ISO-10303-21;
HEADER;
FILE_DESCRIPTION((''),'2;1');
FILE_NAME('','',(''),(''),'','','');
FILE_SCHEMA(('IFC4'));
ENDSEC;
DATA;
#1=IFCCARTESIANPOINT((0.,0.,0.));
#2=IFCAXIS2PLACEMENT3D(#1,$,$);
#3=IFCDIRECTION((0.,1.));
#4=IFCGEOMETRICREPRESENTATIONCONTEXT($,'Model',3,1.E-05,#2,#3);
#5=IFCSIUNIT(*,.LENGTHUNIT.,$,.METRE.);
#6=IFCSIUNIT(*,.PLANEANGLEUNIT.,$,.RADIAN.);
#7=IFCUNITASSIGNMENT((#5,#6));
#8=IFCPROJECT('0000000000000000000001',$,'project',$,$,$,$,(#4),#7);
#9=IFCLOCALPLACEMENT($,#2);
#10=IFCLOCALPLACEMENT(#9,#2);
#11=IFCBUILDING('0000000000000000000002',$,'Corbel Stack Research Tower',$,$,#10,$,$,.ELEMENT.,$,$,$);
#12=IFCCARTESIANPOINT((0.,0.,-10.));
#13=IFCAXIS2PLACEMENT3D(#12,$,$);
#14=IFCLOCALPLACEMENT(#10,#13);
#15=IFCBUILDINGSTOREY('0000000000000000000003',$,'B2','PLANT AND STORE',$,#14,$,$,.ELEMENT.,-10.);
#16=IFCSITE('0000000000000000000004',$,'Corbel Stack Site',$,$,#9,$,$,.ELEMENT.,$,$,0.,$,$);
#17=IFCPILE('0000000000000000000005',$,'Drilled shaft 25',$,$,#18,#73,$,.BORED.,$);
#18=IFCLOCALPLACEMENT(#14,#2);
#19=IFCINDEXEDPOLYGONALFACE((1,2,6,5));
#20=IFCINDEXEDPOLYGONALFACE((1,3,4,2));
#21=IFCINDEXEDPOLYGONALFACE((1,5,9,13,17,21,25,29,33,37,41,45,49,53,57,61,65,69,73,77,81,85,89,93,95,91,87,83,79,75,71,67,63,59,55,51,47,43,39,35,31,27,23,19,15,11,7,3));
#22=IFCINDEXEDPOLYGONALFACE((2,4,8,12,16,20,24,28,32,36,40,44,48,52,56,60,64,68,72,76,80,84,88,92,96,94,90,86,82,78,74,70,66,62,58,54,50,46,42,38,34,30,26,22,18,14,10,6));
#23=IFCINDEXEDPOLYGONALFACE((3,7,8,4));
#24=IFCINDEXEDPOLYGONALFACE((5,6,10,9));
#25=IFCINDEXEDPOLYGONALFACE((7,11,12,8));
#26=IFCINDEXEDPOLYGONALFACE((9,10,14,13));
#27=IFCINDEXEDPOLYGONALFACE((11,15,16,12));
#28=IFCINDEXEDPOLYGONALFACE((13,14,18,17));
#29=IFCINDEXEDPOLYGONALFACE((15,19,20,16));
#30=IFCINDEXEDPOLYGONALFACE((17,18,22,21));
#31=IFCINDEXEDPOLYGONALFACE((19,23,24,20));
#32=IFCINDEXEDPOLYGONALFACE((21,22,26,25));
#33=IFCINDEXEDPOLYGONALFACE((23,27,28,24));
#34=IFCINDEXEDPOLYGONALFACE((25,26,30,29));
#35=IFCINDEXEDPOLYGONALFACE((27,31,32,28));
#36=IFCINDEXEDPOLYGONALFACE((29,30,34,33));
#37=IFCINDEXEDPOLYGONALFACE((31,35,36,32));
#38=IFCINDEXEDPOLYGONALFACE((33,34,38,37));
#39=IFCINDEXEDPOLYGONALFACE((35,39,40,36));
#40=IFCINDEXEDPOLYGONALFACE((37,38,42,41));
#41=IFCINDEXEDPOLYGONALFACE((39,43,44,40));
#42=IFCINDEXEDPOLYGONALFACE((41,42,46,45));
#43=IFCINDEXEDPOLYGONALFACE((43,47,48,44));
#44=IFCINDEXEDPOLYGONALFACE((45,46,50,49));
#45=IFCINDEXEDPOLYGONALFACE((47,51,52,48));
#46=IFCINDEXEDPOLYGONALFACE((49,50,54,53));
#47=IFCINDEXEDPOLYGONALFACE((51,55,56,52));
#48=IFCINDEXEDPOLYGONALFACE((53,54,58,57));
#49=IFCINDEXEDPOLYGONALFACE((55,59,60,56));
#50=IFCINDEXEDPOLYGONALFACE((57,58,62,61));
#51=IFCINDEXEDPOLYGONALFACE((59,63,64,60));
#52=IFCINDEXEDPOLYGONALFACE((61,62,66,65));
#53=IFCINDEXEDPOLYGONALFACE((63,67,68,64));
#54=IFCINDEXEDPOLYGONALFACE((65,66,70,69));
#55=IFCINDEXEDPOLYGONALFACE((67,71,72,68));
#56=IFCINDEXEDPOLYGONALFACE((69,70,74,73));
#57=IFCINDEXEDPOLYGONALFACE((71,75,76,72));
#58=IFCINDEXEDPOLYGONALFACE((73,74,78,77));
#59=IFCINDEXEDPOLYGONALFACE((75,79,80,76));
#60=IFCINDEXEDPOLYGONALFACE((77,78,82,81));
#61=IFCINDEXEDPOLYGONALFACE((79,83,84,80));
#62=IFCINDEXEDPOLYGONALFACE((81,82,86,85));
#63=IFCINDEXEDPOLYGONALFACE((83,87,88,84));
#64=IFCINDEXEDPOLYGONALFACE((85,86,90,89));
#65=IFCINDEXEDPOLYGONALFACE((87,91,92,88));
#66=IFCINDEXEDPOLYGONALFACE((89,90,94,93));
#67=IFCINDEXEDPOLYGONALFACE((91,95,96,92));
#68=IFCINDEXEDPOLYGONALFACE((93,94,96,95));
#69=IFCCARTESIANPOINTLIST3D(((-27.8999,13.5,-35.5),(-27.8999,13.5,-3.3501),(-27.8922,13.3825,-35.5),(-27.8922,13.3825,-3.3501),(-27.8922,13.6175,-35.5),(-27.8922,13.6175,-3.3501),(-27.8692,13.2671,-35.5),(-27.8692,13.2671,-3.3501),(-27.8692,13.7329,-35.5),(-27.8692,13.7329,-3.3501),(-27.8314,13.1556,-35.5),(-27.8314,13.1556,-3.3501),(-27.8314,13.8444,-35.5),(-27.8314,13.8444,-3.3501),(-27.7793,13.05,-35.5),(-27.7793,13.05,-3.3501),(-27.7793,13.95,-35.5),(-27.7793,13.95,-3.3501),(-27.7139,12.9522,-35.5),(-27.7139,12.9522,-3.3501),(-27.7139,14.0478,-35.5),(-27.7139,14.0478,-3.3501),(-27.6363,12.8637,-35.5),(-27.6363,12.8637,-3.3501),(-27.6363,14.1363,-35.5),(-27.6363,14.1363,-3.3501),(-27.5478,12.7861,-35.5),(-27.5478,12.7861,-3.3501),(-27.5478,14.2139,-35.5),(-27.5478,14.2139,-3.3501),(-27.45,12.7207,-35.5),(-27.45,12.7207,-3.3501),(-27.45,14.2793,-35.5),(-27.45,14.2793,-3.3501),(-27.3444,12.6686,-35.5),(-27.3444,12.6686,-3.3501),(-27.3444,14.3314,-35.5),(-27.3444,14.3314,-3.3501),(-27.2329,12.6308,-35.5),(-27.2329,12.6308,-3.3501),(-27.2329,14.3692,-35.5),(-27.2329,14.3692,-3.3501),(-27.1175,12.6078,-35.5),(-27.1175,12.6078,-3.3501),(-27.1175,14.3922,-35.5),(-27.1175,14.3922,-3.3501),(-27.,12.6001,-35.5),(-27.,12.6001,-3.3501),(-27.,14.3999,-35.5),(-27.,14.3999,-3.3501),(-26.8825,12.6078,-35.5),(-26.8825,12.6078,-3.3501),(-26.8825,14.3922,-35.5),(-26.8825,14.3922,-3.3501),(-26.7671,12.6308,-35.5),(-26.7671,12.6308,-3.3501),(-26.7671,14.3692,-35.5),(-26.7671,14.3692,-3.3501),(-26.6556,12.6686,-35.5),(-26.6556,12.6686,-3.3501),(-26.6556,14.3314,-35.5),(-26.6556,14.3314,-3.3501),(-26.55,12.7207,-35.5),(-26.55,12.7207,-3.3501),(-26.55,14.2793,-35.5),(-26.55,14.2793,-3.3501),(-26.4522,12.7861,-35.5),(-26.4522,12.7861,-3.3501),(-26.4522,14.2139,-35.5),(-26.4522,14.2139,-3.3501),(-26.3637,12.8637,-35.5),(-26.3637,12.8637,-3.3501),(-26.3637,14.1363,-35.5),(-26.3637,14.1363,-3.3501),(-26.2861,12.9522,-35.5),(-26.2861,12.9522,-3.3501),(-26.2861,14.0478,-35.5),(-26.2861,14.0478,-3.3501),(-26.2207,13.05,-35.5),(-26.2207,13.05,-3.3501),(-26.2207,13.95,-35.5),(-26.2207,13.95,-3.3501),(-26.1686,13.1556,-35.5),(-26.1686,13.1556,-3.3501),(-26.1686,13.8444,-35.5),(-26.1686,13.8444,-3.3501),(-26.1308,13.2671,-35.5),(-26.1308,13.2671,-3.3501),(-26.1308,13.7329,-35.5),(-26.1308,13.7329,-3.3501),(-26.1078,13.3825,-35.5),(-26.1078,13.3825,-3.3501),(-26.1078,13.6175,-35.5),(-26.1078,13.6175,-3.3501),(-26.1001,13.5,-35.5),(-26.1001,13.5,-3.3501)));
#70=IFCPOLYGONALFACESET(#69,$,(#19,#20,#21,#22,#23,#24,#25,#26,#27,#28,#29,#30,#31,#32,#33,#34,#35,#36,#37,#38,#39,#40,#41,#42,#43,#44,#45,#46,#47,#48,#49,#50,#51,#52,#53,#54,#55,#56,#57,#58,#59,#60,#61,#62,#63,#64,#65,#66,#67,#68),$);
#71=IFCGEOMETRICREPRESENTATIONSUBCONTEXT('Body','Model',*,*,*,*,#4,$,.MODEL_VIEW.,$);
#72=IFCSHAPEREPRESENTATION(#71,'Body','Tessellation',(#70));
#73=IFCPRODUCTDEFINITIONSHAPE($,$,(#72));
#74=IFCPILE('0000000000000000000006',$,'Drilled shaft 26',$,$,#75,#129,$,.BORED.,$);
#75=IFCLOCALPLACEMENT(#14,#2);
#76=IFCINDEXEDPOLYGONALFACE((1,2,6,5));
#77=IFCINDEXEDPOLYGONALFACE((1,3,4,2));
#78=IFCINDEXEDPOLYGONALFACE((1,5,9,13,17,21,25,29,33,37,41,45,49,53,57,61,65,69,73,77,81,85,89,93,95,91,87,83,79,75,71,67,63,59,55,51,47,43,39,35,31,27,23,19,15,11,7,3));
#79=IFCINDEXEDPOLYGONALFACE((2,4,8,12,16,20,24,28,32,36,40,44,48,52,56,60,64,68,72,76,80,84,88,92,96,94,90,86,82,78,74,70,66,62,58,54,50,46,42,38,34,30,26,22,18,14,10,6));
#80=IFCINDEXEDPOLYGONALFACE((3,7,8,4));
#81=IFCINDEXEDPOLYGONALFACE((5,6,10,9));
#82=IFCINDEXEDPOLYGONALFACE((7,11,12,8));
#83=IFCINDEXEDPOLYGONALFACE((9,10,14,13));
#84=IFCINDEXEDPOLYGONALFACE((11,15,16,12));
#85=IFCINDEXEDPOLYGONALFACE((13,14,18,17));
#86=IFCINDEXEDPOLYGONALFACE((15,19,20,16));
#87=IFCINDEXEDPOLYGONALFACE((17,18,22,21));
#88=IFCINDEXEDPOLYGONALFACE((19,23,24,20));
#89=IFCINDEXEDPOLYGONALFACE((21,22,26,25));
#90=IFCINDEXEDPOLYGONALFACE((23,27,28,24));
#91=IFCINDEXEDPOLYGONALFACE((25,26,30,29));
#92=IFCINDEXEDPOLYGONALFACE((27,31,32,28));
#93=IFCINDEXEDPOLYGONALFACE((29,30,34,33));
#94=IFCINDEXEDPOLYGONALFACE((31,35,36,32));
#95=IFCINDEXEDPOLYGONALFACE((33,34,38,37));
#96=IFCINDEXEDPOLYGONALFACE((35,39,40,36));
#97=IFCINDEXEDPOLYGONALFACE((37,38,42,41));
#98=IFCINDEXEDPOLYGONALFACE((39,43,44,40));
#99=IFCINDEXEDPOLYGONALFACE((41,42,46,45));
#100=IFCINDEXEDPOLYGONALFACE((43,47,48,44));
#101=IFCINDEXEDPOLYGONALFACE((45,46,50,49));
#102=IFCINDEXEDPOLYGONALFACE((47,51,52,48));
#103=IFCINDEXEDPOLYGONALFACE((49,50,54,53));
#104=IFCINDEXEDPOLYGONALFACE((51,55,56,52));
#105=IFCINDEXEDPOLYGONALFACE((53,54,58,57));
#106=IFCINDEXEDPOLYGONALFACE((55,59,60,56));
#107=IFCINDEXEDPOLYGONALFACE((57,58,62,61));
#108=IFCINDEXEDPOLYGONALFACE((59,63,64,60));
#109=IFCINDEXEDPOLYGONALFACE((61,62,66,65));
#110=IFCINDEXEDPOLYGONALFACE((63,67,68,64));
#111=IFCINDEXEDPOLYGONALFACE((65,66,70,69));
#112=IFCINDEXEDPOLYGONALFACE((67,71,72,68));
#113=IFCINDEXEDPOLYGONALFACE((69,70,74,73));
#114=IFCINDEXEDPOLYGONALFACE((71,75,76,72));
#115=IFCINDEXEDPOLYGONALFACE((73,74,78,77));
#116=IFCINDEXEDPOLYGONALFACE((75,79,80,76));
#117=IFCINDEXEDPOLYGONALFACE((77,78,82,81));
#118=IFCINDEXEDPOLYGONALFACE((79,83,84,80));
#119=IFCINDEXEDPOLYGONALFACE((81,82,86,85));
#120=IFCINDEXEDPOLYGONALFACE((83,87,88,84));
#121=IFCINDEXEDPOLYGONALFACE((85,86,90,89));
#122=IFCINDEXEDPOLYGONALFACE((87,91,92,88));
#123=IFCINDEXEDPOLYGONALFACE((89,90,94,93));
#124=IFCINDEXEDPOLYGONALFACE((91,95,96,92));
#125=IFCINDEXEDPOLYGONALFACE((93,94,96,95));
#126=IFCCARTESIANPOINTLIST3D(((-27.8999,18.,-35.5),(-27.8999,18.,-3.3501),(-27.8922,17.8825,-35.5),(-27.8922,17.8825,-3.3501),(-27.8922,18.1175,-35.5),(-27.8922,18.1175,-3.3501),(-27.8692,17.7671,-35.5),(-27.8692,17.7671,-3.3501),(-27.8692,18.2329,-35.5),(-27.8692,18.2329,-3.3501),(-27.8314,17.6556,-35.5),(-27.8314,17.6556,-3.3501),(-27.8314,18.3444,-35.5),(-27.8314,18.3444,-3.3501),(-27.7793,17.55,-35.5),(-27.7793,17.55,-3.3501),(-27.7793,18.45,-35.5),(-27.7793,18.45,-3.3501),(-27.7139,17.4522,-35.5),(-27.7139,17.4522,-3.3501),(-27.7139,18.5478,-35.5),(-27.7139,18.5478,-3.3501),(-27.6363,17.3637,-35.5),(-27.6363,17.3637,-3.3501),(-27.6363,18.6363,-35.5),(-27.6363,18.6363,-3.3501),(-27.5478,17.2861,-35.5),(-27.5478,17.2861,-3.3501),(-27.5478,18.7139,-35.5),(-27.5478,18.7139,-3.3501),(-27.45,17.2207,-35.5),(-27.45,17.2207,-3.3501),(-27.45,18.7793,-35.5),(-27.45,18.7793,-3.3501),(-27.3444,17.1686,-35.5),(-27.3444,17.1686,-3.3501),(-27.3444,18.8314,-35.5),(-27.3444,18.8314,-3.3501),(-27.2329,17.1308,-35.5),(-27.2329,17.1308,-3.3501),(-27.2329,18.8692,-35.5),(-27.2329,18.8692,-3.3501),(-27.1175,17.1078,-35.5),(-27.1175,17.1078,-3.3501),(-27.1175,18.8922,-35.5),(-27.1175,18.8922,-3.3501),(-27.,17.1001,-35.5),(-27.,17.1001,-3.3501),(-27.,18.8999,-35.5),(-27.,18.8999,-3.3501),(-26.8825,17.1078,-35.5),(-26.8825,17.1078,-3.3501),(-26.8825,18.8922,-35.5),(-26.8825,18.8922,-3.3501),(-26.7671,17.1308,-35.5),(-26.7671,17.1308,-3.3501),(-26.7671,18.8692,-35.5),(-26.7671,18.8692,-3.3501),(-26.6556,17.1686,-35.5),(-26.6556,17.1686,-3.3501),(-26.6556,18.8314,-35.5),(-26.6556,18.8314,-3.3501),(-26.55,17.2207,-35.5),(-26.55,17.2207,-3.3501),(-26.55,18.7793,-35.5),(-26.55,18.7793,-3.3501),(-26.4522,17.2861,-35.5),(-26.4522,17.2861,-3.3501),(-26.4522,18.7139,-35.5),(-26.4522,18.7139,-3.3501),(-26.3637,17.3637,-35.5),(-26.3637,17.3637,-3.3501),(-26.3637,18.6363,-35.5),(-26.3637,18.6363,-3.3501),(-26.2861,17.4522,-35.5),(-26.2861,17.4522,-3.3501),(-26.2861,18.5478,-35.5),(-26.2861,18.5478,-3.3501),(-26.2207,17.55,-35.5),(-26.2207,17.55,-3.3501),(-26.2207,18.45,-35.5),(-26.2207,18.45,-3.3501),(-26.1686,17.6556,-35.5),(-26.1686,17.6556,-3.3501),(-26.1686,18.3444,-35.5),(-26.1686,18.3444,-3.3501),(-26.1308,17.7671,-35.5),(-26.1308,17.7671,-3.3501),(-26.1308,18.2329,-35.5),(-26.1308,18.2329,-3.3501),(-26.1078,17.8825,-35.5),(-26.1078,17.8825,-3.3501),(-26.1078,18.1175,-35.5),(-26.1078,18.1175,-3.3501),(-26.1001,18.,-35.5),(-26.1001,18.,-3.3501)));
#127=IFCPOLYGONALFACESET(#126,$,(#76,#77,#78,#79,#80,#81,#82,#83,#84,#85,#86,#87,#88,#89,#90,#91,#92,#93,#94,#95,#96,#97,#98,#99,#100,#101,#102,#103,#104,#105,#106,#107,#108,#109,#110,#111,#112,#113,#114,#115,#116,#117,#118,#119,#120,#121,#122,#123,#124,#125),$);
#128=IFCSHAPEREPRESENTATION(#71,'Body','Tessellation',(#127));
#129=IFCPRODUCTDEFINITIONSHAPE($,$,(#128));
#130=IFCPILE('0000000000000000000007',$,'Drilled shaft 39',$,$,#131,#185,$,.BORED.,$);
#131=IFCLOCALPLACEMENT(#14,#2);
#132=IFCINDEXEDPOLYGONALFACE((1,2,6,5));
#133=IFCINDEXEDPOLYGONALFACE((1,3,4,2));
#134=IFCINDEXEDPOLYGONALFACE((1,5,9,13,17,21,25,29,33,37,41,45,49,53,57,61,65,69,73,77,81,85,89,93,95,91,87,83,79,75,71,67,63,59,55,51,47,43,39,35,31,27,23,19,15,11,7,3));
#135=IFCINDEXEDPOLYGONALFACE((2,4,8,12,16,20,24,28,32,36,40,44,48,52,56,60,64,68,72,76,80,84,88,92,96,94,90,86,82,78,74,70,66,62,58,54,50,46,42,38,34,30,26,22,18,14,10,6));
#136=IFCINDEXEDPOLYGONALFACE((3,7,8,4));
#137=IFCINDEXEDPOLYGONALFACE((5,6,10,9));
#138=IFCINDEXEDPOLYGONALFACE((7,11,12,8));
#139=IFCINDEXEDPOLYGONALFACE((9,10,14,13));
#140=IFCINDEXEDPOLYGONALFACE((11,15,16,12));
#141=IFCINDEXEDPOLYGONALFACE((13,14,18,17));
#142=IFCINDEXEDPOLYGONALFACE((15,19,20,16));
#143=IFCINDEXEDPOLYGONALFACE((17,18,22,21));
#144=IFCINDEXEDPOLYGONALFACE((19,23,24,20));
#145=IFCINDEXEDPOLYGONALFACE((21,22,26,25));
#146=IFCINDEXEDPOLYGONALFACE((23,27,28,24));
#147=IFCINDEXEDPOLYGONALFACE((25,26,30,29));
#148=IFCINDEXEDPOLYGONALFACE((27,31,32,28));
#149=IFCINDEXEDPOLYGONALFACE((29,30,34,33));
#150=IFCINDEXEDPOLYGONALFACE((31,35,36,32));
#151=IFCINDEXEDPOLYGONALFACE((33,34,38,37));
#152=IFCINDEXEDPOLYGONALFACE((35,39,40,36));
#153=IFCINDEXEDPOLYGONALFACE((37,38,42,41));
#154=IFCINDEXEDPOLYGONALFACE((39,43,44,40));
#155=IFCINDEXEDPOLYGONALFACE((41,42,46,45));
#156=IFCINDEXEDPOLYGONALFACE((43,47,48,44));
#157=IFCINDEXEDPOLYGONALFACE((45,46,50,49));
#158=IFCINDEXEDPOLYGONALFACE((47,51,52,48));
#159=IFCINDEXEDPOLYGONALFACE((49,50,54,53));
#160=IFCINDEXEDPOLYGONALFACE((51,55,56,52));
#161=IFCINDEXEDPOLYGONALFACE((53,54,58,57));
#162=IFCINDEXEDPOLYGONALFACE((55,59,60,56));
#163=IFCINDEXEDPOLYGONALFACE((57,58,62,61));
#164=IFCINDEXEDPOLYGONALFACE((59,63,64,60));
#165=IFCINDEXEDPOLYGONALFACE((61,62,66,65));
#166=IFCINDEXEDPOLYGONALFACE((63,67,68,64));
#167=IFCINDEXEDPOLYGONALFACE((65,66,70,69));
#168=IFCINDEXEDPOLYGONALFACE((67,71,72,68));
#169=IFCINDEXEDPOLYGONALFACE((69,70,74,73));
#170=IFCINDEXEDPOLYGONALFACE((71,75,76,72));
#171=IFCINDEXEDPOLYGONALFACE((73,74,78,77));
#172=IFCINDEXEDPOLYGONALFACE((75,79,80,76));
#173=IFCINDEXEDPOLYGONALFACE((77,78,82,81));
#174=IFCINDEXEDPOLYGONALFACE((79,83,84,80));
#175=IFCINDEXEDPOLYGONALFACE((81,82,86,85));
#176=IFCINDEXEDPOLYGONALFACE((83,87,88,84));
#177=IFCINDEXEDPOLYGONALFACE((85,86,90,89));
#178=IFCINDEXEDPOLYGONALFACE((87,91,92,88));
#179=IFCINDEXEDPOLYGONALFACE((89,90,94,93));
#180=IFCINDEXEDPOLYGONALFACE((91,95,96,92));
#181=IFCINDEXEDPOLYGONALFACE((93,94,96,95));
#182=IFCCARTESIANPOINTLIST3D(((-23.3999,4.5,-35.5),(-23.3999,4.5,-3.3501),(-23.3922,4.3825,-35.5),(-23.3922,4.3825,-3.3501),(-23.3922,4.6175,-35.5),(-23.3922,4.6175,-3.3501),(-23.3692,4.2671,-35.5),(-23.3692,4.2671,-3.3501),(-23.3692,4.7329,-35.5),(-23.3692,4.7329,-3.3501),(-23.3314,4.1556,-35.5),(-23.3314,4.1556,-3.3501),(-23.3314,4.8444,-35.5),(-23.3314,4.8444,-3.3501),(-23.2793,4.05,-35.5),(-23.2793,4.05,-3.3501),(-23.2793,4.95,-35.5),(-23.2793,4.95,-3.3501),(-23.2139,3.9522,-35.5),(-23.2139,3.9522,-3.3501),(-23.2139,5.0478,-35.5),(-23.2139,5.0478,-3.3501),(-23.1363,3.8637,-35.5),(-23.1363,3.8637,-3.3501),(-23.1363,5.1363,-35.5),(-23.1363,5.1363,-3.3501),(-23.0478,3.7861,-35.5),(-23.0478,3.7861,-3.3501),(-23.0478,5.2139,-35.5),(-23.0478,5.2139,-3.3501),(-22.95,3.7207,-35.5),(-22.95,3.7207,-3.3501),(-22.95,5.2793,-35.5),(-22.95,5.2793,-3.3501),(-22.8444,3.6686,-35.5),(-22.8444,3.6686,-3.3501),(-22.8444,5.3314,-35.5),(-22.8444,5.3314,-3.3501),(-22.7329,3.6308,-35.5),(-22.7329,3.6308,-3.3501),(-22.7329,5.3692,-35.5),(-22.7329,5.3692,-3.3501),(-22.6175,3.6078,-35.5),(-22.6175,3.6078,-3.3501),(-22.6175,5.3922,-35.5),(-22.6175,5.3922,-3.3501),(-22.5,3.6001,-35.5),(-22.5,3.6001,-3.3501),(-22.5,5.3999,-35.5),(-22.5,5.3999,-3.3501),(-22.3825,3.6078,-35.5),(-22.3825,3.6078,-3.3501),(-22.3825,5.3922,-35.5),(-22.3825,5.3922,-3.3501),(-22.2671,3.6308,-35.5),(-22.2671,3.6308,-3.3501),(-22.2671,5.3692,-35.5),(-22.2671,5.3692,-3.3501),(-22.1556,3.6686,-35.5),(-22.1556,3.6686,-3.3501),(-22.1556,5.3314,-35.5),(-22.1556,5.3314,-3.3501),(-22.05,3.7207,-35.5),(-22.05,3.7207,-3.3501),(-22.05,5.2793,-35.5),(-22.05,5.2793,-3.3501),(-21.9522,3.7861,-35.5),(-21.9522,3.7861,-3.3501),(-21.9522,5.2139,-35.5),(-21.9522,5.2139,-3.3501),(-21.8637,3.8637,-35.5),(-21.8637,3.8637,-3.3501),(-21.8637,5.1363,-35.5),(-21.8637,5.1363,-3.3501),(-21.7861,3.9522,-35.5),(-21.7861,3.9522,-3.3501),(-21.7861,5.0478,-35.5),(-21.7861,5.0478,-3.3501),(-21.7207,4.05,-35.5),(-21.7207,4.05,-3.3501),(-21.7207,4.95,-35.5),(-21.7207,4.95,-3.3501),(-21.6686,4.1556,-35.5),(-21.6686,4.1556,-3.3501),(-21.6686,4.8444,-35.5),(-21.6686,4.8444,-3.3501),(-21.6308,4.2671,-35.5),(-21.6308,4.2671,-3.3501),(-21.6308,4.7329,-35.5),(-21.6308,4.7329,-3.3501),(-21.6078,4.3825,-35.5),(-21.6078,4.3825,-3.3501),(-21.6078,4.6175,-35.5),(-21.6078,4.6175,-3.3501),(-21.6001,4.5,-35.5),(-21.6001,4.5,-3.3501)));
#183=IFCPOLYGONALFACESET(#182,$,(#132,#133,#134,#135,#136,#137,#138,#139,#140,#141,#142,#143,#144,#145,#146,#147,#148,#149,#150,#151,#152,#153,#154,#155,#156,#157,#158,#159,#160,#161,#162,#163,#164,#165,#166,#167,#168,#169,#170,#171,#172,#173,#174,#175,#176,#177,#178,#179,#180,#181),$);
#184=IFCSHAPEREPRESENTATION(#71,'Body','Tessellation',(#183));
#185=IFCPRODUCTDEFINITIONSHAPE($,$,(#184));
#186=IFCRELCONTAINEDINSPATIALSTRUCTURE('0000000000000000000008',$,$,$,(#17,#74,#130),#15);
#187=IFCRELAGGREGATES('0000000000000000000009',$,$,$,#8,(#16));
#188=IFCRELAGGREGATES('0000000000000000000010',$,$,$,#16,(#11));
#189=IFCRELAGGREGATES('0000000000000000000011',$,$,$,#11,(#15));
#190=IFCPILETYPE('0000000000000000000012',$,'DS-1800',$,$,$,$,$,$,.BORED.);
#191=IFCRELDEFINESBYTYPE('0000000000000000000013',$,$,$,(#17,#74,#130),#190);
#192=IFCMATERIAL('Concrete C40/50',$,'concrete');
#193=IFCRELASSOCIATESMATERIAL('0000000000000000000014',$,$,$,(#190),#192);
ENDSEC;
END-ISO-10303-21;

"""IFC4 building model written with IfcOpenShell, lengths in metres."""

from ifc_helpers import new_model, si_unit, direction, frame, origin, origin_2d, place, context, subcontext, project, spatial, circle, extrude, material, material_profile, profile_set, type_object, element, save


model = new_model("IFC4")

# Units and contexts
model_context = context("Model", 3, precision=1e-05, world=origin(), true_north=direction((0.0, 1.0)))
body_context = subcontext(model_context, "Body", "Model", "MODEL_VIEW")
ifc_project = project(units=[si_unit("LENGTHUNIT", "METRE"), si_unit("PLANEANGLEUNIT", "RADIAN")], contexts=[model_context])

# Site, building, storey
site_placement = place(None, origin())
site = spatial("IfcSite", under=ifc_project, at=site_placement, Name="Corbel Stack Site", CompositionType="ELEMENT", RefElevation=0.0)
building_placement = place(site_placement, origin())
building = spatial("IfcBuilding", under=site, at=building_placement, Name="Corbel Stack Research Tower", CompositionType="ELEMENT")
storey_placement = place(building_placement, frame((0.0, 0.0, -10.0)))
storey = spatial("IfcBuildingStorey", under=building, at=storey_placement, Name="B2", Description="PLANT AND STORE", CompositionType="ELEMENT", Elevation=-10.0)

# Piles
ifc_material_1 = material(Name="Concrete C40/50", Category="concrete")
ifc_material_profile_1 = material_profile(ifc_material_1, circle(Radius=0.8999, at=origin_2d()), Name="Shaft 1800")
ifc_profile_set_1 = profile_set([ifc_material_profile_1], Name="Concrete C40/50")
pile_type = type_object("IfcPileType", Name="DS-1800", PredefinedType="BORED", material=ifc_profile_set_1)
for number, where, z_axis, x_axis, name in (
    (1, (-27.0, 13.5, -3.3501), (0.0, 0.0, -1.0), (1.0, 0.0, 0.0), "Drilled shaft 25"),
    (2, (-27.0, 18.0, -3.3501), (0.0, 0.0, -1.0), (1.0, 0.0, 0.0), "Drilled shaft 26"),
    (3, (-22.5, 4.5, -3.3501), (0.0, 0.0, -1.0), (1.0, 0.0, 0.0), "Drilled shaft 39"),
):
    element("IfcPile", number, at=place(storey_placement, frame(where, z_axis=z_axis, x_axis=x_axis)), inside=storey, type_object=pile_type, Name=name, PredefinedType="BORED", context=body_context, shape_type="SweptSolid", body=[
        extrude(circle(Radius=0.8999, at=origin_2d()), origin(), (0.0, 0.0, 1.0), 32.1499),
    ])

save(model, "model.ifc")
